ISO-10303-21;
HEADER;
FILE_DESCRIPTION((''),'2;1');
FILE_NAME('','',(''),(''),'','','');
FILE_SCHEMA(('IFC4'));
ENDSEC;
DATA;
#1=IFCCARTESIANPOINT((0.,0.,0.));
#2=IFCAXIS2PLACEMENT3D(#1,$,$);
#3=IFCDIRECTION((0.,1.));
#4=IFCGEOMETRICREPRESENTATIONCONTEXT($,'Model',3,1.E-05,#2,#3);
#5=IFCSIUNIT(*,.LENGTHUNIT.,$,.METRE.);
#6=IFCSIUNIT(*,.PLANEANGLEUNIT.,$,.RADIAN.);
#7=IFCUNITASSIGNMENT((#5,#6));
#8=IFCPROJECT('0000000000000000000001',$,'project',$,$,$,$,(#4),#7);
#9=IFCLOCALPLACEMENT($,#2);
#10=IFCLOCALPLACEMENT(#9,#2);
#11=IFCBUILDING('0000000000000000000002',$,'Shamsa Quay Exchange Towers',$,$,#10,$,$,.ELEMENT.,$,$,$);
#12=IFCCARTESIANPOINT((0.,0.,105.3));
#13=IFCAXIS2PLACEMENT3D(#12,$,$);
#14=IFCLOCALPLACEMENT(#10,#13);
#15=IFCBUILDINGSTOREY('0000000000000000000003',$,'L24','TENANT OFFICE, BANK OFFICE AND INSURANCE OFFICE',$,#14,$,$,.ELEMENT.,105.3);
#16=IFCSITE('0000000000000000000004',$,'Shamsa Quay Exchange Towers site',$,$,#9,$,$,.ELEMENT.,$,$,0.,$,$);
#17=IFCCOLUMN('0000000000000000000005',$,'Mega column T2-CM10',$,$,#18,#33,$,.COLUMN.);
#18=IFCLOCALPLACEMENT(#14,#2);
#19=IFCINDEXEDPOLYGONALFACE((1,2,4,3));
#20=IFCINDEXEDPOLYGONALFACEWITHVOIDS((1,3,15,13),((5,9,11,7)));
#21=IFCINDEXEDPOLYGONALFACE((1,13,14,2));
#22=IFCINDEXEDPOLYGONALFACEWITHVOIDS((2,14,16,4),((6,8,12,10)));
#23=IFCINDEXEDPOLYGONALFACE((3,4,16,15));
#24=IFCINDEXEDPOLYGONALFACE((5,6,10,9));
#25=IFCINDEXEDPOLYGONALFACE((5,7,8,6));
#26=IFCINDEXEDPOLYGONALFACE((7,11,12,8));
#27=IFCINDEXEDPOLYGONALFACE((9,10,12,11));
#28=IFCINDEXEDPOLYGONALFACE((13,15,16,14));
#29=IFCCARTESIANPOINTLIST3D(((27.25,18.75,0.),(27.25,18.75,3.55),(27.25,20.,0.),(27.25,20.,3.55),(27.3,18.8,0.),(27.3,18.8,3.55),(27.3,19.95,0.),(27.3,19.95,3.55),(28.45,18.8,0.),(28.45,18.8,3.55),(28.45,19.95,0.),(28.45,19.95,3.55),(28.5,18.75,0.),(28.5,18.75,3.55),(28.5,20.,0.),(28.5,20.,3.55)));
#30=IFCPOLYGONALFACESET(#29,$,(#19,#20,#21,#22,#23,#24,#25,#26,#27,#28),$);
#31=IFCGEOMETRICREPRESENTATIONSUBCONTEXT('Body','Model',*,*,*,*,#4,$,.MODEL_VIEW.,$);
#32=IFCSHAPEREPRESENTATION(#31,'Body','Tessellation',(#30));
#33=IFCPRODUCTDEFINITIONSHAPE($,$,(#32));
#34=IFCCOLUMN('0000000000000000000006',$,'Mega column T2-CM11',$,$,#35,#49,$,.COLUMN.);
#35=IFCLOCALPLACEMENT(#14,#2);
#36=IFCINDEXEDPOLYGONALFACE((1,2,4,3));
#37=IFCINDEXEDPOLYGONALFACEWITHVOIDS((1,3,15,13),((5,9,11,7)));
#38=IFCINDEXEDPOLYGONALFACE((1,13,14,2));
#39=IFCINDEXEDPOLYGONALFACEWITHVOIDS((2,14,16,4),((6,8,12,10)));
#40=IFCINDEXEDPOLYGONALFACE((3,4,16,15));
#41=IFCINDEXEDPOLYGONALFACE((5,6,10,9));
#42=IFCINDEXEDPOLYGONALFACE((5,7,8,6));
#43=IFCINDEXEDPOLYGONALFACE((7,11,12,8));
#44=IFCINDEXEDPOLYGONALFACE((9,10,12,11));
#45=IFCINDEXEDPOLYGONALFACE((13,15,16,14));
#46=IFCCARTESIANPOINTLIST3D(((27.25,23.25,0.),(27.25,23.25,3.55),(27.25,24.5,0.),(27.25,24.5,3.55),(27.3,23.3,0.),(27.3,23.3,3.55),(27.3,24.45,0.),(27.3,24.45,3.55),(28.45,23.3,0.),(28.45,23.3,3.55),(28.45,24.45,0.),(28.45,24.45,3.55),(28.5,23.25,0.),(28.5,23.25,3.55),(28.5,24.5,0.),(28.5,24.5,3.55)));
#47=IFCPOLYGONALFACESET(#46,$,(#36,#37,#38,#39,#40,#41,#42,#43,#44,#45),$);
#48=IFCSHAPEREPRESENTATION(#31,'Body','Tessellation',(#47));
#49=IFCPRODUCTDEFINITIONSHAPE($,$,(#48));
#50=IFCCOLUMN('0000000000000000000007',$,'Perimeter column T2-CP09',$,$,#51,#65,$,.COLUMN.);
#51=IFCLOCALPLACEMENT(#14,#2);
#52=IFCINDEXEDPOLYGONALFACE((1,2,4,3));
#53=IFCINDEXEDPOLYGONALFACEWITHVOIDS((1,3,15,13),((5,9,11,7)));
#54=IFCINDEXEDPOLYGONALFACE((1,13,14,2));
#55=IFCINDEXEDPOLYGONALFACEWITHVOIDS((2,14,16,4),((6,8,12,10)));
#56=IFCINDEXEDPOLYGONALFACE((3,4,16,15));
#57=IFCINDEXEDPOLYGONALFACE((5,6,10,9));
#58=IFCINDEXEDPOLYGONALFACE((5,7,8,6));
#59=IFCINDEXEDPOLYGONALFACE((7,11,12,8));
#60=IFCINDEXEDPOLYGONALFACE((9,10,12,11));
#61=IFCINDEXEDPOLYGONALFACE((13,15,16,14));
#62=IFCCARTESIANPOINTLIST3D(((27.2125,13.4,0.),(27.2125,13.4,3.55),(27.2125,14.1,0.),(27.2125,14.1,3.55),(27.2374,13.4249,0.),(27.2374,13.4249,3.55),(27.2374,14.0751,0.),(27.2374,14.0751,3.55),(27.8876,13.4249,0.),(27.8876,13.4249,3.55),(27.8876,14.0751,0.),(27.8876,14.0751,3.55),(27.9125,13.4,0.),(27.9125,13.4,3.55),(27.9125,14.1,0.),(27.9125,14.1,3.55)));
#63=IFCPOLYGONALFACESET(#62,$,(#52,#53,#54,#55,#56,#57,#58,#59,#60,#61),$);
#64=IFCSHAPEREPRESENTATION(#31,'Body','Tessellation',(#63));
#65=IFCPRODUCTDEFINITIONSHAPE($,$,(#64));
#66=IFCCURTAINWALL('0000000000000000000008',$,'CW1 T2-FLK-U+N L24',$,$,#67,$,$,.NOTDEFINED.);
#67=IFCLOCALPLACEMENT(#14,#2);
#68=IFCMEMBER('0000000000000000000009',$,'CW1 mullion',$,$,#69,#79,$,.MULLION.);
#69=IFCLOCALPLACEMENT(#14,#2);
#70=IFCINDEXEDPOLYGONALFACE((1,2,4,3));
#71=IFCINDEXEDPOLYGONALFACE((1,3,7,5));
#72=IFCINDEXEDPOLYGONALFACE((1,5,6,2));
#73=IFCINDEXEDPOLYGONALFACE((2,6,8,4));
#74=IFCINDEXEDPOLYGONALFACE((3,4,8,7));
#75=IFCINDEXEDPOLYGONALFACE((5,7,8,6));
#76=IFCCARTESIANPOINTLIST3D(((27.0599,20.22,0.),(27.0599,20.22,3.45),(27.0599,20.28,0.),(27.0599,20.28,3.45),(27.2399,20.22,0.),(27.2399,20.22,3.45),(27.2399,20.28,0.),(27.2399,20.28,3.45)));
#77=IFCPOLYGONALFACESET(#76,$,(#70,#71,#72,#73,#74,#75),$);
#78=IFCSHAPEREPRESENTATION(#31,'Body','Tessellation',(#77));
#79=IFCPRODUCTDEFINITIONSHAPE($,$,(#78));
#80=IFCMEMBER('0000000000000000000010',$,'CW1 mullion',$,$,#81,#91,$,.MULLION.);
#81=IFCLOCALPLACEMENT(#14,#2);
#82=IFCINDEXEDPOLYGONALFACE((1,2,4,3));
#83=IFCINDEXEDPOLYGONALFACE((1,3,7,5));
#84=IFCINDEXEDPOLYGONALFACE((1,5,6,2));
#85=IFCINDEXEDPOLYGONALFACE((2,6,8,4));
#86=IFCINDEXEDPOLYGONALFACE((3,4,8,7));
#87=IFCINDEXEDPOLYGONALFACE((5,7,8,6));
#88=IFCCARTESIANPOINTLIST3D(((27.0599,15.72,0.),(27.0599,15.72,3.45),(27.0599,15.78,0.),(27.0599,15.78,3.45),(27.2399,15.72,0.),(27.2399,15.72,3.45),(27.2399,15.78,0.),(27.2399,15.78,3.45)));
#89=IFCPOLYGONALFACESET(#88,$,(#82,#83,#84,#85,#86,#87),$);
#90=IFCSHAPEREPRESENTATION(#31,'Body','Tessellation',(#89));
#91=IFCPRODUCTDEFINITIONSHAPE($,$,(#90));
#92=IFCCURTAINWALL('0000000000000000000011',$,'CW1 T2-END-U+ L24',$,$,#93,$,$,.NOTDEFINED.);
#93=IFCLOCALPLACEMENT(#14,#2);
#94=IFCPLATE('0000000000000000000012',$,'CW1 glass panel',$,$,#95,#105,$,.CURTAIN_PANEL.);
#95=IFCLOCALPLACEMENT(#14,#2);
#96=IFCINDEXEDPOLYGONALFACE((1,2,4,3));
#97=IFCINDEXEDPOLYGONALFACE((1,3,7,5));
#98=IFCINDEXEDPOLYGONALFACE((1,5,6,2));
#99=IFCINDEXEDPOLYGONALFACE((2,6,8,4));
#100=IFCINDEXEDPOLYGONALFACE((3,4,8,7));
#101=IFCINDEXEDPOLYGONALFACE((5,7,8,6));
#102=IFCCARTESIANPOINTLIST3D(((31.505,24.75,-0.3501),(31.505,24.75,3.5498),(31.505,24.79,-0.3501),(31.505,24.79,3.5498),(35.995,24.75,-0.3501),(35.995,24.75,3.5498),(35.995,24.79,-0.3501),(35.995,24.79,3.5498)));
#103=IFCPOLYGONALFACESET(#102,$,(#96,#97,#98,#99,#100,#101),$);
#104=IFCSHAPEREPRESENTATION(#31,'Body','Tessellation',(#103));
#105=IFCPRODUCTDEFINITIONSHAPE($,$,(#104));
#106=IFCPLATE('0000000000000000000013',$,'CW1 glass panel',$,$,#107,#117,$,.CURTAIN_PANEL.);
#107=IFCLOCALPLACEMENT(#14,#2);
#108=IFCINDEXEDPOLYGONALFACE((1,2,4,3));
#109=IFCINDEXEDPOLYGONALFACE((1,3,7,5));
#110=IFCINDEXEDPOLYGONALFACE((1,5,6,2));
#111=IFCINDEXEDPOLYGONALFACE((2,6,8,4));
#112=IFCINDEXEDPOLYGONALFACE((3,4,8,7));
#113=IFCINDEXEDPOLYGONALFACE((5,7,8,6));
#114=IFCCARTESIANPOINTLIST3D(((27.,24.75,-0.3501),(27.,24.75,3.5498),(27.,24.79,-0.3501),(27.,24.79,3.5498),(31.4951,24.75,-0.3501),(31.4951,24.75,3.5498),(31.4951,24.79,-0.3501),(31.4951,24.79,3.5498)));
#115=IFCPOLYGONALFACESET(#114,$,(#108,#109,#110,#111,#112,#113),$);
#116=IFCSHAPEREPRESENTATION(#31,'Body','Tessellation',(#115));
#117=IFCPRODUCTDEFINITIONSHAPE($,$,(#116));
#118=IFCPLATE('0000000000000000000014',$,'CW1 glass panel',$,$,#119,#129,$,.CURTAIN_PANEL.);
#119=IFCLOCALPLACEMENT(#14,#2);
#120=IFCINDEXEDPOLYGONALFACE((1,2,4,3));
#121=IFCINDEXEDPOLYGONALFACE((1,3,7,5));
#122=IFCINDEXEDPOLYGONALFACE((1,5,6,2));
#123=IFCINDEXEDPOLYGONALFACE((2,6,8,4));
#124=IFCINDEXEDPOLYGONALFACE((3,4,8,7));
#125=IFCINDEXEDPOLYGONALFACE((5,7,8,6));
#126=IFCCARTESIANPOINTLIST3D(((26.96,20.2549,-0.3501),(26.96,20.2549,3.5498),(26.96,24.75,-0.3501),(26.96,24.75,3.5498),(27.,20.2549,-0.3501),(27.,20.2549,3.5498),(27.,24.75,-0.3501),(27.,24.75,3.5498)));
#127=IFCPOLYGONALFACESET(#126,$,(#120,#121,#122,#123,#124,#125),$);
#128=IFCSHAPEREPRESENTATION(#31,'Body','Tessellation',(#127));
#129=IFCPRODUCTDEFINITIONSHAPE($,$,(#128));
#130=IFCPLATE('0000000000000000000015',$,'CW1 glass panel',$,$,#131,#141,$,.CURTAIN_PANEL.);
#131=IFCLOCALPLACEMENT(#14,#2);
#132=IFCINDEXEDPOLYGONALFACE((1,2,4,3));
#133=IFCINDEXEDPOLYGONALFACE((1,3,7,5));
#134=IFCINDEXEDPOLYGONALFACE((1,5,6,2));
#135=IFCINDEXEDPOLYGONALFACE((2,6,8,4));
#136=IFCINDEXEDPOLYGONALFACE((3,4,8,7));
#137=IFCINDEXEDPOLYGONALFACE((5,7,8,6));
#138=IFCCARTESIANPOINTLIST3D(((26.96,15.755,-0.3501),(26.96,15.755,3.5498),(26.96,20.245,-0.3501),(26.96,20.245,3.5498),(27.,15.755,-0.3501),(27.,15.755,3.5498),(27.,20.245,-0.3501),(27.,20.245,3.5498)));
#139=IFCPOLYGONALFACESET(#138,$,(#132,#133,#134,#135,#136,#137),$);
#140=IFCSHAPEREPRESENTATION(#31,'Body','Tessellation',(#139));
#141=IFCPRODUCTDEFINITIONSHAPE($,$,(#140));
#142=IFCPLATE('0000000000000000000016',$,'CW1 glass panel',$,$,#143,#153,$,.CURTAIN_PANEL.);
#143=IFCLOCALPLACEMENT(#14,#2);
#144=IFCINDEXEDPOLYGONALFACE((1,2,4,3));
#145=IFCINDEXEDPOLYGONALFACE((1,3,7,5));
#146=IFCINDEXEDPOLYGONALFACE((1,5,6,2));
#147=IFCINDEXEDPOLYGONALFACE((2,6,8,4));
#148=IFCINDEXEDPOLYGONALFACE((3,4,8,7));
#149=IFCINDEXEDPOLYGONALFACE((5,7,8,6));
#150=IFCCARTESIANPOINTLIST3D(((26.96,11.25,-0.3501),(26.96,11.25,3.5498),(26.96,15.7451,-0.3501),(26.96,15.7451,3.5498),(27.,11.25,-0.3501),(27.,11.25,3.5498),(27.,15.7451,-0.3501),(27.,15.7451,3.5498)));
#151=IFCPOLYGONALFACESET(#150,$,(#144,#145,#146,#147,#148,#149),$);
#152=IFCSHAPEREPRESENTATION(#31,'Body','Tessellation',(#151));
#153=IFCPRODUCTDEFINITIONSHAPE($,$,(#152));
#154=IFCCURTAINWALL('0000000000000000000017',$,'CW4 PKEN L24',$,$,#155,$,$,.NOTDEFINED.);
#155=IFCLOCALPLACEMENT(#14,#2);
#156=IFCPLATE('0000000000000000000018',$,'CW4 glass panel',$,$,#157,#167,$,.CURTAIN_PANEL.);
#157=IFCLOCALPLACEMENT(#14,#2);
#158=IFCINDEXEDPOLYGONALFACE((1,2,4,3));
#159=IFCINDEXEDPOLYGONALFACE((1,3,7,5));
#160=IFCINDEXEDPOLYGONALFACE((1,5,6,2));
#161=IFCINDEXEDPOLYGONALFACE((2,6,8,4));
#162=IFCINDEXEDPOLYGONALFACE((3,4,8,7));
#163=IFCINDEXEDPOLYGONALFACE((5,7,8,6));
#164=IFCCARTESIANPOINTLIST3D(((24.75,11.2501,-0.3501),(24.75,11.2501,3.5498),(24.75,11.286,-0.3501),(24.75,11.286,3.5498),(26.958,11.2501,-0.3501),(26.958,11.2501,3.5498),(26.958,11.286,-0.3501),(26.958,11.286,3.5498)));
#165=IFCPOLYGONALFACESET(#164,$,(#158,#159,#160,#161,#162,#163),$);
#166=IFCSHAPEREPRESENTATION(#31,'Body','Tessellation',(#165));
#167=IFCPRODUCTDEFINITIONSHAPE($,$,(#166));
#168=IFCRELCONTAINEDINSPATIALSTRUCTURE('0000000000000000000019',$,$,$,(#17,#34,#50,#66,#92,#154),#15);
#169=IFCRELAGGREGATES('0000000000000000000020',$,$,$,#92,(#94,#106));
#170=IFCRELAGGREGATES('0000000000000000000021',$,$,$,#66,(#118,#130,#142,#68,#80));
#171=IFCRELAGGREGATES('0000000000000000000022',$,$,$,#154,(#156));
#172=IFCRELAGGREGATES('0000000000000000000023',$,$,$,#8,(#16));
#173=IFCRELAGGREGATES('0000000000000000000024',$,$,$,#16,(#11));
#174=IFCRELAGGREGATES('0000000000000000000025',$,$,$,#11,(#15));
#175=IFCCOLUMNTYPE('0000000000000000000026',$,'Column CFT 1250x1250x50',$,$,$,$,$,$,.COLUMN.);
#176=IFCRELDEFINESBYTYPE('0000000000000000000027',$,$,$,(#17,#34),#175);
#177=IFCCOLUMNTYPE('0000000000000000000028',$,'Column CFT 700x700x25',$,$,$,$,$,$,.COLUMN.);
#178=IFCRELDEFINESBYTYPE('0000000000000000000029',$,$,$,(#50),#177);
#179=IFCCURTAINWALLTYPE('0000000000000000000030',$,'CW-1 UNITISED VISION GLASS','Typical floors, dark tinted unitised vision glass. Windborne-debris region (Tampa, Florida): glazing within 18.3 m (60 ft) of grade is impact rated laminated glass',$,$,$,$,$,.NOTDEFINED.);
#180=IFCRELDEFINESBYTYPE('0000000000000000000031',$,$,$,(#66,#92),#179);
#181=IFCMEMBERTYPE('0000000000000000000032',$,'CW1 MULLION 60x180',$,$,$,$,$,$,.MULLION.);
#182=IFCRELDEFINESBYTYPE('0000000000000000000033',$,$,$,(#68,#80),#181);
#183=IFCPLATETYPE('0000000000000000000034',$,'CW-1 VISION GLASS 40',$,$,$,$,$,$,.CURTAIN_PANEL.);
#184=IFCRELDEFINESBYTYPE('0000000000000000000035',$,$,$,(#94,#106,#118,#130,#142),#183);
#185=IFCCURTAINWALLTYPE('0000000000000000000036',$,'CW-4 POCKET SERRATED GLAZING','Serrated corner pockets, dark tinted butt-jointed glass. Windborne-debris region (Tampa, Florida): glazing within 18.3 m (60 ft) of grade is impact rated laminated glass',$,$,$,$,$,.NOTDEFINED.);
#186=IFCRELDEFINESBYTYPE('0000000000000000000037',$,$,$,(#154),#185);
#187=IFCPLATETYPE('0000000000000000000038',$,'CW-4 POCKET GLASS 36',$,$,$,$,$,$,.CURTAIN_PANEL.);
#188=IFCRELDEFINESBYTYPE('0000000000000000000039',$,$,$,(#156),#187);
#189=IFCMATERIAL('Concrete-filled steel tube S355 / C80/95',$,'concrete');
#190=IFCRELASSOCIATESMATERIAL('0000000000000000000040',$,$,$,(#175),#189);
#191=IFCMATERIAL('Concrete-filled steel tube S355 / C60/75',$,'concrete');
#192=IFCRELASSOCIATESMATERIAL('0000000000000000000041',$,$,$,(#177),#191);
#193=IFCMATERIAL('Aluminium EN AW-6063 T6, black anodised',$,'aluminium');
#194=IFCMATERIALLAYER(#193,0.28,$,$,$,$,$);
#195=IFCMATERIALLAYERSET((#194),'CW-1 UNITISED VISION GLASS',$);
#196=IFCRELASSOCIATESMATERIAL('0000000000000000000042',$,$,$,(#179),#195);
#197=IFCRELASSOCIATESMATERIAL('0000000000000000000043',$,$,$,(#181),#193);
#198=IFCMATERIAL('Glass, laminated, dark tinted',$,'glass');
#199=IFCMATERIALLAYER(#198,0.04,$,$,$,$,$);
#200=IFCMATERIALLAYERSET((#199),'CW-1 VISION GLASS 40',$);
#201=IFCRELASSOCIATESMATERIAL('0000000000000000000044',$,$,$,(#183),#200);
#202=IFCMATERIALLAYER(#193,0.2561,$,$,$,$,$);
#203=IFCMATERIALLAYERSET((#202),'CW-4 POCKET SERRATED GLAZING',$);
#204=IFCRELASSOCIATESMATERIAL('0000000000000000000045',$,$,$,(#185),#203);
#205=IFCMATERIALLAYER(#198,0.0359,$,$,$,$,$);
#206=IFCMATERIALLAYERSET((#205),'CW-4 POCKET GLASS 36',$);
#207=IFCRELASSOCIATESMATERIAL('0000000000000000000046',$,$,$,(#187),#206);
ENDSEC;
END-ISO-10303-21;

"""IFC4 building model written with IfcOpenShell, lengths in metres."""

from ifc_helpers import new_model, si_unit, direction, frame, origin, origin_2d, place, context, subcontext, project, spatial, rectangle, hollow_rectangle, extrude, material, layer, layer_set, material_profile, profile_set, type_object, element, aggregate, save


model = new_model("IFC4")

# Units and contexts
model_context = context("Model", 3, precision=1e-05, world=origin(), true_north=direction((0.0, 1.0)))
body_context = subcontext(model_context, "Body", "Model", "MODEL_VIEW")
ifc_project = project(units=[si_unit("LENGTHUNIT", "METRE"), si_unit("PLANEANGLEUNIT", "RADIAN")], contexts=[model_context])

# Site, building, storey
site_placement = place(None, origin())
site = spatial("IfcSite", under=ifc_project, at=site_placement, Name="Shamsa Quay Exchange Towers site", CompositionType="ELEMENT", RefElevation=0.0)
building_placement = place(site_placement, origin())
building = spatial("IfcBuilding", under=site, at=building_placement, Name="Shamsa Quay Exchange Towers", CompositionType="ELEMENT")
storey_placement = place(building_placement, frame((0.0, 0.0, 105.3)))
storey = spatial("IfcBuildingStorey", under=building, at=storey_placement, Name="L24", Description="TENANT OFFICE, BANK OFFICE AND INSURANCE OFFICE", CompositionType="ELEMENT", Elevation=105.3)

# Columns
ifc_material_1 = material(Name="Concrete-filled steel tube S355 / C80/95", Category="concrete")
ifc_material_profile_1 = material_profile(ifc_material_1, hollow_rectangle(XDim=1.25, YDim=1.25, WallThickness=0.05, at=origin_2d()), Name="CFT 1250x1250x50")
ifc_profile_set_1 = profile_set([ifc_material_profile_1], Name="Concrete-filled steel tube S355 / C80/95")
column_type_1 = type_object("IfcColumnType", Name="Column CFT 1250x1250x50", PredefinedType="COLUMN", material=ifc_profile_set_1)
for number, where, name in (
    (1, (27.875, 19.375, 0.0), "Mega column T2-CM10"),
    (2, (27.875, 23.875, 0.0), "Mega column T2-CM11"),
):
    element("IfcColumn", number, at=place(storey_placement, frame(where)), inside=storey, type_object=column_type_1, Name=name, PredefinedType="COLUMN", context=body_context, shape_type="SweptSolid", body=[
        extrude(hollow_rectangle(XDim=1.25, YDim=1.25, WallThickness=0.05, at=origin_2d()), origin(), (0.0, 0.0, 1.0), 3.55),
    ])
ifc_material_2 = material(Name="Concrete-filled steel tube S355 / C60/75", Category="concrete")
ifc_material_profile_2 = material_profile(ifc_material_2, hollow_rectangle(XDim=0.7, YDim=0.7, WallThickness=0.0249, at=origin_2d()), Name="CFT 700x700x25")
ifc_profile_set_2 = profile_set([ifc_material_profile_2], Name="Concrete-filled steel tube S355 / C60/75")
column_type_2 = type_object("IfcColumnType", Name="Column CFT 700x700x25", PredefinedType="COLUMN", material=ifc_profile_set_2)
column_placement = place(storey_placement, frame((27.5625, 13.75, 0.0)))
element("IfcColumn", 3, at=column_placement, inside=storey, type_object=column_type_2, Name="Perimeter column T2-CP09", PredefinedType="COLUMN", context=body_context, shape_type="SweptSolid", body=[
    extrude(hollow_rectangle(XDim=0.7, YDim=0.7, WallThickness=0.0249, at=origin_2d()), origin(), (0.0, 0.0, 1.0), 3.55),
])

# Curtain wall, members
ifc_material_3 = material(Name="Aluminium EN AW-6063 T6, black anodised", Category="aluminium")
ifc_layer_1 = layer(ifc_material_3, 0.28)
ifc_layer_set_1 = layer_set([ifc_layer_1], Name="CW-1 UNITISED VISION GLASS")
curtain_wall_type_1 = type_object("IfcCurtainWallType", Name="CW-1 UNITISED VISION GLASS", Description="Typical floors, dark tinted unitised vision glass. Windborne-debris region (Tampa, Florida): glazing within 18.3 m (60 ft) of grade is impact rated laminated glass", PredefinedType="NOTDEFINED", material=ifc_layer_set_1)
curtain_wall_1_placement = place(storey_placement, origin())
curtain_wall_1 = element("IfcCurtainWall", 4, at=curtain_wall_1_placement, inside=storey, type_object=curtain_wall_type_1, Name="CW1 T2-FLK-U+N L24", PredefinedType="NOTDEFINED")
ifc_material_profile_3 = material_profile(ifc_material_3, rectangle(XDim=0.1799, YDim=0.0601, at=origin_2d()), Name="MU60x180")
ifc_profile_set_3 = profile_set([ifc_material_profile_3], Name="Aluminium EN AW-6063 T6, black anodised")
member_type = type_object("IfcMemberType", Name="CW1 MULLION 60x180", PredefinedType="MULLION", material=ifc_profile_set_3)
member_1_placement = place(storey_placement, frame((27.1499, 20.25, 0.0)))
member_1 = element("IfcMember", 5, at=member_1_placement, type_object=member_type, Name="CW1 mullion", PredefinedType="MULLION", context=body_context, shape_type="SweptSolid", body=[
    extrude(rectangle(XDim=0.1799, YDim=0.0601, at=origin_2d()), origin(), (0.0, 0.0, 1.0), 3.45),
])
member_2_placement = place(storey_placement, frame((27.1499, 15.75, 0.0)))
member_2 = element("IfcMember", 6, at=member_2_placement, type_object=member_type, Name="CW1 mullion", PredefinedType="MULLION", context=body_context, shape_type="SweptSolid", body=[
    extrude(rectangle(XDim=0.1799, YDim=0.0601, at=origin_2d()), origin(), (0.0, 0.0, 1.0), 3.45),
])

# Curtain wall, plates
curtain_wall_2_placement = place(storey_placement, origin())
curtain_wall_2 = element("IfcCurtainWall", 7, at=curtain_wall_2_placement, inside=storey, type_object=curtain_wall_type_1, Name="CW1 T2-END-U+ L24", PredefinedType="NOTDEFINED")
ifc_material_4 = material(Name="Glass, laminated, dark tinted", Category="glass")
ifc_layer_2 = layer(ifc_material_4, 0.04)
ifc_layer_set_2 = layer_set([ifc_layer_2], Name="CW-1 VISION GLASS 40")
plate_type_1 = type_object("IfcPlateType", Name="CW-1 VISION GLASS 40", PredefinedType="CURTAIN_PANEL", material=ifc_layer_set_2)
plate_1_placement = place(storey_placement, frame((33.75, 24.77, -0.3501), z_axis=(0.0, 0.0, 1.0), x_axis=(-1.0, 0.0, 0.0)))
plate_1 = element("IfcPlate", 8, at=plate_1_placement, type_object=plate_type_1, Name="CW1 glass panel", PredefinedType="CURTAIN_PANEL", context=body_context, shape_type="SweptSolid", body=[
    extrude(rectangle(XDim=4.49, YDim=0.04, at=origin_2d()), origin(), (0.0, 0.0, 1.0), 3.8999),
])
plate_2_placement = place(storey_placement, frame((29.2476, 24.77, -0.3501), z_axis=(0.0, 0.0, 1.0), x_axis=(-1.0, 0.0, 0.0)))
plate_2 = element("IfcPlate", 9, at=plate_2_placement, type_object=plate_type_1, Name="CW1 glass panel", PredefinedType="CURTAIN_PANEL", context=body_context, shape_type="SweptSolid", body=[
    extrude(rectangle(XDim=4.4951, YDim=0.04, at=origin_2d()), origin(), (0.0, 0.0, 1.0), 3.8999),
])
aggregate(curtain_wall_2, [plate_1, plate_2])

# Plates
plate_3_placement = place(storey_placement, frame((26.98, 22.5024, -0.3501), z_axis=(0.0, 0.0, 1.0), x_axis=(0.0, -1.0, 0.0)))
plate_3 = element("IfcPlate", 10, at=plate_3_placement, type_object=plate_type_1, Name="CW1 glass panel", PredefinedType="CURTAIN_PANEL", context=body_context, shape_type="SweptSolid", body=[
    extrude(rectangle(XDim=4.4951, YDim=0.04, at=origin_2d()), origin(), (0.0, 0.0, 1.0), 3.8999),
])
plate_4_placement = place(storey_placement, frame((26.98, 18.0, -0.3501), z_axis=(0.0, 0.0, 1.0), x_axis=(0.0, -1.0, 0.0)))
plate_4 = element("IfcPlate", 11, at=plate_4_placement, type_object=plate_type_1, Name="CW1 glass panel", PredefinedType="CURTAIN_PANEL", context=body_context, shape_type="SweptSolid", body=[
    extrude(rectangle(XDim=4.49, YDim=0.04, at=origin_2d()), origin(), (0.0, 0.0, 1.0), 3.8999),
])
plate_5_placement = place(storey_placement, frame((26.98, 13.4976, -0.3501), z_axis=(0.0, 0.0, 1.0), x_axis=(0.0, -1.0, 0.0)))
plate_5 = element("IfcPlate", 12, at=plate_5_placement, type_object=plate_type_1, Name="CW1 glass panel", PredefinedType="CURTAIN_PANEL", context=body_context, shape_type="SweptSolid", body=[
    extrude(rectangle(XDim=4.4951, YDim=0.04, at=origin_2d()), origin(), (0.0, 0.0, 1.0), 3.8999),
])
aggregate(curtain_wall_1, [plate_3, plate_4, plate_5, member_1, member_2])

# Curtain wall, plate
ifc_layer_3 = layer(ifc_material_3, 0.2561)
ifc_layer_set_3 = layer_set([ifc_layer_3], Name="CW-4 POCKET SERRATED GLAZING")
curtain_wall_type_2 = type_object("IfcCurtainWallType", Name="CW-4 POCKET SERRATED GLAZING", Description="Serrated corner pockets, dark tinted butt-jointed glass. Windborne-debris region (Tampa, Florida): glazing within 18.3 m (60 ft) of grade is impact rated laminated glass", PredefinedType="NOTDEFINED", material=ifc_layer_set_3)
curtain_wall_3_placement = place(storey_placement, origin())
curtain_wall_3 = element("IfcCurtainWall", 13, at=curtain_wall_3_placement, inside=storey, type_object=curtain_wall_type_2, Name="CW4 PKEN L24", PredefinedType="NOTDEFINED")
ifc_layer_4 = layer(ifc_material_4, 0.0359)
ifc_layer_set_4 = layer_set([ifc_layer_4], Name="CW-4 POCKET GLASS 36")
plate_type_2 = type_object("IfcPlateType", Name="CW-4 POCKET GLASS 36", PredefinedType="CURTAIN_PANEL", material=ifc_layer_set_4)
plate_6_placement = place(storey_placement, frame((25.854, 11.2681, -0.3501), z_axis=(0.0, 0.0, 1.0), x_axis=(-1.0, 0.0, 0.0)))
plate_6 = element("IfcPlate", 14, at=plate_6_placement, type_object=plate_type_2, Name="CW4 glass panel", PredefinedType="CURTAIN_PANEL", context=body_context, shape_type="SweptSolid", body=[
    extrude(rectangle(XDim=2.208, YDim=0.0359, at=origin_2d()), origin(), (0.0, 0.0, 1.0), 3.8999),
])
aggregate(curtain_wall_3, [plate_6])

save(model, "model.ifc")
